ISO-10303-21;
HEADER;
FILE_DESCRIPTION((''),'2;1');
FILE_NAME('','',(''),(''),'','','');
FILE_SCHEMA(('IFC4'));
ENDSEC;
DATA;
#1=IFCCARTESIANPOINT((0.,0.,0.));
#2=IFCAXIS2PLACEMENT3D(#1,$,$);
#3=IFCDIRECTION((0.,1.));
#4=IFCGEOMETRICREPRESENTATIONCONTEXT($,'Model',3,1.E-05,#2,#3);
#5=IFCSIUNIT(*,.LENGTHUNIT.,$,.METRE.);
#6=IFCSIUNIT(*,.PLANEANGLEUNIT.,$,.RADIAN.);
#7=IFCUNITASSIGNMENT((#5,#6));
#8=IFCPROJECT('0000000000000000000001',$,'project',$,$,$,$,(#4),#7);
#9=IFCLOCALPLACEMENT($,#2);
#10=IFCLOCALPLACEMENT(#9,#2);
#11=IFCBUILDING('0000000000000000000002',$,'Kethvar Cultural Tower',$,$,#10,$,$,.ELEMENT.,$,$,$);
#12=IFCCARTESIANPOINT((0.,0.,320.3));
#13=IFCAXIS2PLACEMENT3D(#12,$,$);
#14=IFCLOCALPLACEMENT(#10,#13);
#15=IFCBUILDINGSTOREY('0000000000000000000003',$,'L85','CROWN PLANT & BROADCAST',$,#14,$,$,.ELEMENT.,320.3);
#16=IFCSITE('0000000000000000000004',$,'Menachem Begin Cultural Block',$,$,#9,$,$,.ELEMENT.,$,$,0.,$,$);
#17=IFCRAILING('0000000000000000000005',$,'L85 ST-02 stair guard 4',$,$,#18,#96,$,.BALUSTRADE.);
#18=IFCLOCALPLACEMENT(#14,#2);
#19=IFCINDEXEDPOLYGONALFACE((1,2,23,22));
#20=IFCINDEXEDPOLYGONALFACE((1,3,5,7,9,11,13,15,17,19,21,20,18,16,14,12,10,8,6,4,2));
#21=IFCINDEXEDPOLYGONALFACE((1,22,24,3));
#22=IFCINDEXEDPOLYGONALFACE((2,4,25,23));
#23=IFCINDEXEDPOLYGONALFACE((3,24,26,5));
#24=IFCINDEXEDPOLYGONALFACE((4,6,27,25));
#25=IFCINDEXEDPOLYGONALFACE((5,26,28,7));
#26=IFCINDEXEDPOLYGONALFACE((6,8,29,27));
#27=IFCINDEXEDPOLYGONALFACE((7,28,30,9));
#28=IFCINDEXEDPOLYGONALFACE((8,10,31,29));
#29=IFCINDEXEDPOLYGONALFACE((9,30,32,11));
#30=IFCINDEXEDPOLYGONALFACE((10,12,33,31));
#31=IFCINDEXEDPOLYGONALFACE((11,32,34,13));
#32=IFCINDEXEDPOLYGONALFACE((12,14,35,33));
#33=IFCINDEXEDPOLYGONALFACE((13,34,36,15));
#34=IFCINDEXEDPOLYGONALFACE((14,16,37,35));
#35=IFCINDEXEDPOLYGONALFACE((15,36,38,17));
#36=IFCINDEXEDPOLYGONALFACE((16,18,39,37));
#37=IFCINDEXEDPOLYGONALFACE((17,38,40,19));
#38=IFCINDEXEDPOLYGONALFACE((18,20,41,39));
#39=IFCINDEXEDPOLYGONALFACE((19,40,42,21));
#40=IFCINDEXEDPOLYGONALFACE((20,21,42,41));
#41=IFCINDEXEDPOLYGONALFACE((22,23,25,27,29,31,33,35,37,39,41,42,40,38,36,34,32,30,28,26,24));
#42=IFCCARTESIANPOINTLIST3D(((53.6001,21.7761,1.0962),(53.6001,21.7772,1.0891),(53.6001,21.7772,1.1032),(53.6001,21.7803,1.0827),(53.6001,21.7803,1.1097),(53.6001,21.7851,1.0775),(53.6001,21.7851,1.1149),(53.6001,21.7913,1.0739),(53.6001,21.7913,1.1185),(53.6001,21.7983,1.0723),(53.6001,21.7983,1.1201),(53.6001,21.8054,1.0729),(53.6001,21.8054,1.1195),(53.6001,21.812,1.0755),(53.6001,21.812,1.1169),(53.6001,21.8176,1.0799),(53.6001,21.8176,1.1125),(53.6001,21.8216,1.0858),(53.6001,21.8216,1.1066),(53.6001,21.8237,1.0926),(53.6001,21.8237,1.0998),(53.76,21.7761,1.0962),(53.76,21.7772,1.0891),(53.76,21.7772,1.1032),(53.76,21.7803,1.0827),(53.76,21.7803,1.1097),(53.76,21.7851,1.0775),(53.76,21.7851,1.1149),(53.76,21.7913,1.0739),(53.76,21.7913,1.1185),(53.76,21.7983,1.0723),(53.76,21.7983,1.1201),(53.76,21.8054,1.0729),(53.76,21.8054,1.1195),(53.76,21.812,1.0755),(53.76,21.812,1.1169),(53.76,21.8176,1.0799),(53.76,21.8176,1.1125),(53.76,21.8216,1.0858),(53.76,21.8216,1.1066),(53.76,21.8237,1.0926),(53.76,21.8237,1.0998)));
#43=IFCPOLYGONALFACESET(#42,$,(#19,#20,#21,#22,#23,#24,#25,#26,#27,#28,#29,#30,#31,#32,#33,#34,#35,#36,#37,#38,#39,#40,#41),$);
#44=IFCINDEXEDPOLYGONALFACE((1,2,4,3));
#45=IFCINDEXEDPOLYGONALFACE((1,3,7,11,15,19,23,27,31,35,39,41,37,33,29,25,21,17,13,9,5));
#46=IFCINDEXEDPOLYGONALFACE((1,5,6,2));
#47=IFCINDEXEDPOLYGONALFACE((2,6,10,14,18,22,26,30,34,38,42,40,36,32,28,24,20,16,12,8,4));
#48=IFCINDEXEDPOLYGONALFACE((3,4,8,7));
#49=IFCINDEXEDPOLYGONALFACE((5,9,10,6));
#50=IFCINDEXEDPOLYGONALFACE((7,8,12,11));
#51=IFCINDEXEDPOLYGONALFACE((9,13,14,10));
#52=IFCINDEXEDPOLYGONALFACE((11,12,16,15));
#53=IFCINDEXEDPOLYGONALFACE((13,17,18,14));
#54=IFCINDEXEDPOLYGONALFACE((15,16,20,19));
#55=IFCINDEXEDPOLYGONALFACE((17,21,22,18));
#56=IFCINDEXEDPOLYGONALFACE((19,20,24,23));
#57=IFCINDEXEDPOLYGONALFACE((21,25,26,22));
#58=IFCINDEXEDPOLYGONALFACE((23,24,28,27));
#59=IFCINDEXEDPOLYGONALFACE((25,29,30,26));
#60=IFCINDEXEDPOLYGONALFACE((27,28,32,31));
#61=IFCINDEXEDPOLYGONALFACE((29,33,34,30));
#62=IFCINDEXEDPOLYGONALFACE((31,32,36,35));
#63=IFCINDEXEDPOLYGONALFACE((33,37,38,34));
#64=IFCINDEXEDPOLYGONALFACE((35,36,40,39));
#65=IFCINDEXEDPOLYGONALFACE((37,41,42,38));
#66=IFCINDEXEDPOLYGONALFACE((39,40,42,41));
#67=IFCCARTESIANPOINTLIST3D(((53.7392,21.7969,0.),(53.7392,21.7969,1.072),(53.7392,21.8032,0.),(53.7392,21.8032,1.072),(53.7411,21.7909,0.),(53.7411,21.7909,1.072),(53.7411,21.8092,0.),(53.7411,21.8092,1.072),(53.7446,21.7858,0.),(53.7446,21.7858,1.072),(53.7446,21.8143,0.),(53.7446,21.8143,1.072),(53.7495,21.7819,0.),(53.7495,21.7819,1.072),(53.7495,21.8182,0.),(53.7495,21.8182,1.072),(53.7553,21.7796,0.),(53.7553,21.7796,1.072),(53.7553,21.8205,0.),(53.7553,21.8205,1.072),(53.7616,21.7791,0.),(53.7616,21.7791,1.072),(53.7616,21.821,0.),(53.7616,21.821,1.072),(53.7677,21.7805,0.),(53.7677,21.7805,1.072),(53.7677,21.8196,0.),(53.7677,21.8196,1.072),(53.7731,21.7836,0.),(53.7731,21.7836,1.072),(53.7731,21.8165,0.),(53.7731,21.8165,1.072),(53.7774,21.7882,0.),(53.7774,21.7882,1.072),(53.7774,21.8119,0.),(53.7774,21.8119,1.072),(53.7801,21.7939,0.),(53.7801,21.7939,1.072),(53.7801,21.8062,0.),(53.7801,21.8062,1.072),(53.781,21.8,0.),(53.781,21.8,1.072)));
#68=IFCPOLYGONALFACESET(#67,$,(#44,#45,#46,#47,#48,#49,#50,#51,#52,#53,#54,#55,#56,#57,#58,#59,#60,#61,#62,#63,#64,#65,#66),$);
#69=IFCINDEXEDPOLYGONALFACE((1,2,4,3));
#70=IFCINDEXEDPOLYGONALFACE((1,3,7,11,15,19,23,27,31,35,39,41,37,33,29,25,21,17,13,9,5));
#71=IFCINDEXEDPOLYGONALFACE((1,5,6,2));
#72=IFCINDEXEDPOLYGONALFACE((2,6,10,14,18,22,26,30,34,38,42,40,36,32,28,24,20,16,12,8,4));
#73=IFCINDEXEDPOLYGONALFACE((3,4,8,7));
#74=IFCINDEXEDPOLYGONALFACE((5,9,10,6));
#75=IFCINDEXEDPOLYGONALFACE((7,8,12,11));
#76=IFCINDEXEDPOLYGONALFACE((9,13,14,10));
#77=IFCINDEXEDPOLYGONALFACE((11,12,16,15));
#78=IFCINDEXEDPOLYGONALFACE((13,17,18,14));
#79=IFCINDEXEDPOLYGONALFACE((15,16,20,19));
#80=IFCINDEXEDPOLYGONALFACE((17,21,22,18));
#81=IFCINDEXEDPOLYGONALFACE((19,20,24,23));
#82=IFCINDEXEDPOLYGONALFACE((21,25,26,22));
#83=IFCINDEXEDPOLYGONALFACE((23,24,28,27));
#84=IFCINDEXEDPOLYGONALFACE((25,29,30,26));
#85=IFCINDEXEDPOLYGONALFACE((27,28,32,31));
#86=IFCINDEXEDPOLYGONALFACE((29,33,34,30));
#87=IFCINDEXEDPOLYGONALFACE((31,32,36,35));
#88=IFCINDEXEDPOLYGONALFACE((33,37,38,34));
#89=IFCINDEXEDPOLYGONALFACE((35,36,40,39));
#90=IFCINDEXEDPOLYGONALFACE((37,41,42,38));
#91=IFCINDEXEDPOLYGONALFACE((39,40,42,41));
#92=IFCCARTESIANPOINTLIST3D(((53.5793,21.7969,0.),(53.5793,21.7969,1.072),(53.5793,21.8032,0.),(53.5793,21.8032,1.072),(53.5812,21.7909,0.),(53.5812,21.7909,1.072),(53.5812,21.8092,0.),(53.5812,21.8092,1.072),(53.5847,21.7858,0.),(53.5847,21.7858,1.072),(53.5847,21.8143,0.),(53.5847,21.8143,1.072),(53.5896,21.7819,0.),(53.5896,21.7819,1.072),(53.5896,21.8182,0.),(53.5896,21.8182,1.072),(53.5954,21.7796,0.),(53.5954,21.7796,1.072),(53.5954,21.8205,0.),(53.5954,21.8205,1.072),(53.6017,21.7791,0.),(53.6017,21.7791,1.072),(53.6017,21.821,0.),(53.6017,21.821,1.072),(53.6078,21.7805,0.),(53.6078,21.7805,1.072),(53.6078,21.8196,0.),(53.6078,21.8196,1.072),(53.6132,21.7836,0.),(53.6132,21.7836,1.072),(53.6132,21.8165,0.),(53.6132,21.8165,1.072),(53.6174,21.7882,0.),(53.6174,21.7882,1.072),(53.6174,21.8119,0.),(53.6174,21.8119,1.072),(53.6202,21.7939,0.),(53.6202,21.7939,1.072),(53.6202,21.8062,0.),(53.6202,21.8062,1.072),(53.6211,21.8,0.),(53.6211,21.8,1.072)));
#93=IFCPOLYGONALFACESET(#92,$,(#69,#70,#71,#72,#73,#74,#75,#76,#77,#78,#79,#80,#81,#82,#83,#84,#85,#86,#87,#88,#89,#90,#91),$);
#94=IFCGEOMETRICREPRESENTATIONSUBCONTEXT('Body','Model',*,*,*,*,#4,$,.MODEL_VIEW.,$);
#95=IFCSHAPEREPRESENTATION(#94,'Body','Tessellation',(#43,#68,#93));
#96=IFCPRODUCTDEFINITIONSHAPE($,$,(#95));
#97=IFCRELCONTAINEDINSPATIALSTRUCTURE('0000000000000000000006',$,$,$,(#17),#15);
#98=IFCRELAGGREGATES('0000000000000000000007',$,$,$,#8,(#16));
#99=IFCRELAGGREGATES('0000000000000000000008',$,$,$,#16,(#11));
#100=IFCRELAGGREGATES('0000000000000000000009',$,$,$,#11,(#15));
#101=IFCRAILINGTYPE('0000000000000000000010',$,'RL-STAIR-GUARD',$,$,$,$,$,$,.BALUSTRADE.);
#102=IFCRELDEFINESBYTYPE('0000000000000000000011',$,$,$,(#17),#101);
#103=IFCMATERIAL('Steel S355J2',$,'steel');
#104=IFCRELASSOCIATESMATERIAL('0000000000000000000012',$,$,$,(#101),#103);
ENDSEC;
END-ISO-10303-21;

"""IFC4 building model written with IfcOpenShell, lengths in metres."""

from ifc_helpers import new_model, si_unit, direction, frame, origin, origin_2d, place, context, subcontext, project, spatial, circle, extrude, material, type_object, element, save


model = new_model("IFC4")

# Units and contexts
model_context = context("Model", 3, precision=1e-05, world=origin(), true_north=direction((0.0, 1.0)))
body_context = subcontext(model_context, "Body", "Model", "MODEL_VIEW")
ifc_project = project(units=[si_unit("LENGTHUNIT", "METRE"), si_unit("PLANEANGLEUNIT", "RADIAN")], contexts=[model_context])

# Site, building, storey
site_placement = place(None, origin())
site = spatial("IfcSite", under=ifc_project, at=site_placement, Name="Menachem Begin Cultural Block", CompositionType="ELEMENT", RefElevation=0.0)
building_placement = place(site_placement, origin())
building = spatial("IfcBuilding", under=site, at=building_placement, Name="Kethvar Cultural Tower", CompositionType="ELEMENT")
storey_placement = place(building_placement, frame((0.0, 0.0, 320.3)))
storey = spatial("IfcBuildingStorey", under=building, at=storey_placement, Name="L85", Description="CROWN PLANT & BROADCAST", CompositionType="ELEMENT", Elevation=320.3)

# Shared definitions
ifc_material_1 = material(Name="Steel S355J2", Category="steel")

# Railing
railing_type_1 = type_object("IfcRailingType", Name="RL-STAIR-GUARD", PredefinedType="BALUSTRADE", material=ifc_material_1)
railing_1_placement = place(storey_placement, frame((53.76, 21.8, 0.0)))
element("IfcRailing", 1, at=railing_1_placement, inside=storey, type_object=railing_type_1, Name="L85 ST-02 stair guard 4", PredefinedType="BALUSTRADE", context=body_context, shape_type="SweptSolid", body=[
    extrude(circle(Radius=0.0239, at=origin_2d()), frame((0.0, 0.0, 1.0962), z_axis=(-1.0, 0.0, 0.0), x_axis=(0.0, -1.0, 0.0)), (0.0, 0.0, 1.0), 0.1599),
    extrude(circle(Radius=0.021, at=origin_2d()), origin(), (0.0, 0.0, 1.0), 1.072),
    extrude(circle(Radius=0.021, at=origin_2d()), frame((-0.1599, 0.0, 0.0)), (0.0, 0.0, 1.0), 1.072),
])

save(model, "model.ifc")
